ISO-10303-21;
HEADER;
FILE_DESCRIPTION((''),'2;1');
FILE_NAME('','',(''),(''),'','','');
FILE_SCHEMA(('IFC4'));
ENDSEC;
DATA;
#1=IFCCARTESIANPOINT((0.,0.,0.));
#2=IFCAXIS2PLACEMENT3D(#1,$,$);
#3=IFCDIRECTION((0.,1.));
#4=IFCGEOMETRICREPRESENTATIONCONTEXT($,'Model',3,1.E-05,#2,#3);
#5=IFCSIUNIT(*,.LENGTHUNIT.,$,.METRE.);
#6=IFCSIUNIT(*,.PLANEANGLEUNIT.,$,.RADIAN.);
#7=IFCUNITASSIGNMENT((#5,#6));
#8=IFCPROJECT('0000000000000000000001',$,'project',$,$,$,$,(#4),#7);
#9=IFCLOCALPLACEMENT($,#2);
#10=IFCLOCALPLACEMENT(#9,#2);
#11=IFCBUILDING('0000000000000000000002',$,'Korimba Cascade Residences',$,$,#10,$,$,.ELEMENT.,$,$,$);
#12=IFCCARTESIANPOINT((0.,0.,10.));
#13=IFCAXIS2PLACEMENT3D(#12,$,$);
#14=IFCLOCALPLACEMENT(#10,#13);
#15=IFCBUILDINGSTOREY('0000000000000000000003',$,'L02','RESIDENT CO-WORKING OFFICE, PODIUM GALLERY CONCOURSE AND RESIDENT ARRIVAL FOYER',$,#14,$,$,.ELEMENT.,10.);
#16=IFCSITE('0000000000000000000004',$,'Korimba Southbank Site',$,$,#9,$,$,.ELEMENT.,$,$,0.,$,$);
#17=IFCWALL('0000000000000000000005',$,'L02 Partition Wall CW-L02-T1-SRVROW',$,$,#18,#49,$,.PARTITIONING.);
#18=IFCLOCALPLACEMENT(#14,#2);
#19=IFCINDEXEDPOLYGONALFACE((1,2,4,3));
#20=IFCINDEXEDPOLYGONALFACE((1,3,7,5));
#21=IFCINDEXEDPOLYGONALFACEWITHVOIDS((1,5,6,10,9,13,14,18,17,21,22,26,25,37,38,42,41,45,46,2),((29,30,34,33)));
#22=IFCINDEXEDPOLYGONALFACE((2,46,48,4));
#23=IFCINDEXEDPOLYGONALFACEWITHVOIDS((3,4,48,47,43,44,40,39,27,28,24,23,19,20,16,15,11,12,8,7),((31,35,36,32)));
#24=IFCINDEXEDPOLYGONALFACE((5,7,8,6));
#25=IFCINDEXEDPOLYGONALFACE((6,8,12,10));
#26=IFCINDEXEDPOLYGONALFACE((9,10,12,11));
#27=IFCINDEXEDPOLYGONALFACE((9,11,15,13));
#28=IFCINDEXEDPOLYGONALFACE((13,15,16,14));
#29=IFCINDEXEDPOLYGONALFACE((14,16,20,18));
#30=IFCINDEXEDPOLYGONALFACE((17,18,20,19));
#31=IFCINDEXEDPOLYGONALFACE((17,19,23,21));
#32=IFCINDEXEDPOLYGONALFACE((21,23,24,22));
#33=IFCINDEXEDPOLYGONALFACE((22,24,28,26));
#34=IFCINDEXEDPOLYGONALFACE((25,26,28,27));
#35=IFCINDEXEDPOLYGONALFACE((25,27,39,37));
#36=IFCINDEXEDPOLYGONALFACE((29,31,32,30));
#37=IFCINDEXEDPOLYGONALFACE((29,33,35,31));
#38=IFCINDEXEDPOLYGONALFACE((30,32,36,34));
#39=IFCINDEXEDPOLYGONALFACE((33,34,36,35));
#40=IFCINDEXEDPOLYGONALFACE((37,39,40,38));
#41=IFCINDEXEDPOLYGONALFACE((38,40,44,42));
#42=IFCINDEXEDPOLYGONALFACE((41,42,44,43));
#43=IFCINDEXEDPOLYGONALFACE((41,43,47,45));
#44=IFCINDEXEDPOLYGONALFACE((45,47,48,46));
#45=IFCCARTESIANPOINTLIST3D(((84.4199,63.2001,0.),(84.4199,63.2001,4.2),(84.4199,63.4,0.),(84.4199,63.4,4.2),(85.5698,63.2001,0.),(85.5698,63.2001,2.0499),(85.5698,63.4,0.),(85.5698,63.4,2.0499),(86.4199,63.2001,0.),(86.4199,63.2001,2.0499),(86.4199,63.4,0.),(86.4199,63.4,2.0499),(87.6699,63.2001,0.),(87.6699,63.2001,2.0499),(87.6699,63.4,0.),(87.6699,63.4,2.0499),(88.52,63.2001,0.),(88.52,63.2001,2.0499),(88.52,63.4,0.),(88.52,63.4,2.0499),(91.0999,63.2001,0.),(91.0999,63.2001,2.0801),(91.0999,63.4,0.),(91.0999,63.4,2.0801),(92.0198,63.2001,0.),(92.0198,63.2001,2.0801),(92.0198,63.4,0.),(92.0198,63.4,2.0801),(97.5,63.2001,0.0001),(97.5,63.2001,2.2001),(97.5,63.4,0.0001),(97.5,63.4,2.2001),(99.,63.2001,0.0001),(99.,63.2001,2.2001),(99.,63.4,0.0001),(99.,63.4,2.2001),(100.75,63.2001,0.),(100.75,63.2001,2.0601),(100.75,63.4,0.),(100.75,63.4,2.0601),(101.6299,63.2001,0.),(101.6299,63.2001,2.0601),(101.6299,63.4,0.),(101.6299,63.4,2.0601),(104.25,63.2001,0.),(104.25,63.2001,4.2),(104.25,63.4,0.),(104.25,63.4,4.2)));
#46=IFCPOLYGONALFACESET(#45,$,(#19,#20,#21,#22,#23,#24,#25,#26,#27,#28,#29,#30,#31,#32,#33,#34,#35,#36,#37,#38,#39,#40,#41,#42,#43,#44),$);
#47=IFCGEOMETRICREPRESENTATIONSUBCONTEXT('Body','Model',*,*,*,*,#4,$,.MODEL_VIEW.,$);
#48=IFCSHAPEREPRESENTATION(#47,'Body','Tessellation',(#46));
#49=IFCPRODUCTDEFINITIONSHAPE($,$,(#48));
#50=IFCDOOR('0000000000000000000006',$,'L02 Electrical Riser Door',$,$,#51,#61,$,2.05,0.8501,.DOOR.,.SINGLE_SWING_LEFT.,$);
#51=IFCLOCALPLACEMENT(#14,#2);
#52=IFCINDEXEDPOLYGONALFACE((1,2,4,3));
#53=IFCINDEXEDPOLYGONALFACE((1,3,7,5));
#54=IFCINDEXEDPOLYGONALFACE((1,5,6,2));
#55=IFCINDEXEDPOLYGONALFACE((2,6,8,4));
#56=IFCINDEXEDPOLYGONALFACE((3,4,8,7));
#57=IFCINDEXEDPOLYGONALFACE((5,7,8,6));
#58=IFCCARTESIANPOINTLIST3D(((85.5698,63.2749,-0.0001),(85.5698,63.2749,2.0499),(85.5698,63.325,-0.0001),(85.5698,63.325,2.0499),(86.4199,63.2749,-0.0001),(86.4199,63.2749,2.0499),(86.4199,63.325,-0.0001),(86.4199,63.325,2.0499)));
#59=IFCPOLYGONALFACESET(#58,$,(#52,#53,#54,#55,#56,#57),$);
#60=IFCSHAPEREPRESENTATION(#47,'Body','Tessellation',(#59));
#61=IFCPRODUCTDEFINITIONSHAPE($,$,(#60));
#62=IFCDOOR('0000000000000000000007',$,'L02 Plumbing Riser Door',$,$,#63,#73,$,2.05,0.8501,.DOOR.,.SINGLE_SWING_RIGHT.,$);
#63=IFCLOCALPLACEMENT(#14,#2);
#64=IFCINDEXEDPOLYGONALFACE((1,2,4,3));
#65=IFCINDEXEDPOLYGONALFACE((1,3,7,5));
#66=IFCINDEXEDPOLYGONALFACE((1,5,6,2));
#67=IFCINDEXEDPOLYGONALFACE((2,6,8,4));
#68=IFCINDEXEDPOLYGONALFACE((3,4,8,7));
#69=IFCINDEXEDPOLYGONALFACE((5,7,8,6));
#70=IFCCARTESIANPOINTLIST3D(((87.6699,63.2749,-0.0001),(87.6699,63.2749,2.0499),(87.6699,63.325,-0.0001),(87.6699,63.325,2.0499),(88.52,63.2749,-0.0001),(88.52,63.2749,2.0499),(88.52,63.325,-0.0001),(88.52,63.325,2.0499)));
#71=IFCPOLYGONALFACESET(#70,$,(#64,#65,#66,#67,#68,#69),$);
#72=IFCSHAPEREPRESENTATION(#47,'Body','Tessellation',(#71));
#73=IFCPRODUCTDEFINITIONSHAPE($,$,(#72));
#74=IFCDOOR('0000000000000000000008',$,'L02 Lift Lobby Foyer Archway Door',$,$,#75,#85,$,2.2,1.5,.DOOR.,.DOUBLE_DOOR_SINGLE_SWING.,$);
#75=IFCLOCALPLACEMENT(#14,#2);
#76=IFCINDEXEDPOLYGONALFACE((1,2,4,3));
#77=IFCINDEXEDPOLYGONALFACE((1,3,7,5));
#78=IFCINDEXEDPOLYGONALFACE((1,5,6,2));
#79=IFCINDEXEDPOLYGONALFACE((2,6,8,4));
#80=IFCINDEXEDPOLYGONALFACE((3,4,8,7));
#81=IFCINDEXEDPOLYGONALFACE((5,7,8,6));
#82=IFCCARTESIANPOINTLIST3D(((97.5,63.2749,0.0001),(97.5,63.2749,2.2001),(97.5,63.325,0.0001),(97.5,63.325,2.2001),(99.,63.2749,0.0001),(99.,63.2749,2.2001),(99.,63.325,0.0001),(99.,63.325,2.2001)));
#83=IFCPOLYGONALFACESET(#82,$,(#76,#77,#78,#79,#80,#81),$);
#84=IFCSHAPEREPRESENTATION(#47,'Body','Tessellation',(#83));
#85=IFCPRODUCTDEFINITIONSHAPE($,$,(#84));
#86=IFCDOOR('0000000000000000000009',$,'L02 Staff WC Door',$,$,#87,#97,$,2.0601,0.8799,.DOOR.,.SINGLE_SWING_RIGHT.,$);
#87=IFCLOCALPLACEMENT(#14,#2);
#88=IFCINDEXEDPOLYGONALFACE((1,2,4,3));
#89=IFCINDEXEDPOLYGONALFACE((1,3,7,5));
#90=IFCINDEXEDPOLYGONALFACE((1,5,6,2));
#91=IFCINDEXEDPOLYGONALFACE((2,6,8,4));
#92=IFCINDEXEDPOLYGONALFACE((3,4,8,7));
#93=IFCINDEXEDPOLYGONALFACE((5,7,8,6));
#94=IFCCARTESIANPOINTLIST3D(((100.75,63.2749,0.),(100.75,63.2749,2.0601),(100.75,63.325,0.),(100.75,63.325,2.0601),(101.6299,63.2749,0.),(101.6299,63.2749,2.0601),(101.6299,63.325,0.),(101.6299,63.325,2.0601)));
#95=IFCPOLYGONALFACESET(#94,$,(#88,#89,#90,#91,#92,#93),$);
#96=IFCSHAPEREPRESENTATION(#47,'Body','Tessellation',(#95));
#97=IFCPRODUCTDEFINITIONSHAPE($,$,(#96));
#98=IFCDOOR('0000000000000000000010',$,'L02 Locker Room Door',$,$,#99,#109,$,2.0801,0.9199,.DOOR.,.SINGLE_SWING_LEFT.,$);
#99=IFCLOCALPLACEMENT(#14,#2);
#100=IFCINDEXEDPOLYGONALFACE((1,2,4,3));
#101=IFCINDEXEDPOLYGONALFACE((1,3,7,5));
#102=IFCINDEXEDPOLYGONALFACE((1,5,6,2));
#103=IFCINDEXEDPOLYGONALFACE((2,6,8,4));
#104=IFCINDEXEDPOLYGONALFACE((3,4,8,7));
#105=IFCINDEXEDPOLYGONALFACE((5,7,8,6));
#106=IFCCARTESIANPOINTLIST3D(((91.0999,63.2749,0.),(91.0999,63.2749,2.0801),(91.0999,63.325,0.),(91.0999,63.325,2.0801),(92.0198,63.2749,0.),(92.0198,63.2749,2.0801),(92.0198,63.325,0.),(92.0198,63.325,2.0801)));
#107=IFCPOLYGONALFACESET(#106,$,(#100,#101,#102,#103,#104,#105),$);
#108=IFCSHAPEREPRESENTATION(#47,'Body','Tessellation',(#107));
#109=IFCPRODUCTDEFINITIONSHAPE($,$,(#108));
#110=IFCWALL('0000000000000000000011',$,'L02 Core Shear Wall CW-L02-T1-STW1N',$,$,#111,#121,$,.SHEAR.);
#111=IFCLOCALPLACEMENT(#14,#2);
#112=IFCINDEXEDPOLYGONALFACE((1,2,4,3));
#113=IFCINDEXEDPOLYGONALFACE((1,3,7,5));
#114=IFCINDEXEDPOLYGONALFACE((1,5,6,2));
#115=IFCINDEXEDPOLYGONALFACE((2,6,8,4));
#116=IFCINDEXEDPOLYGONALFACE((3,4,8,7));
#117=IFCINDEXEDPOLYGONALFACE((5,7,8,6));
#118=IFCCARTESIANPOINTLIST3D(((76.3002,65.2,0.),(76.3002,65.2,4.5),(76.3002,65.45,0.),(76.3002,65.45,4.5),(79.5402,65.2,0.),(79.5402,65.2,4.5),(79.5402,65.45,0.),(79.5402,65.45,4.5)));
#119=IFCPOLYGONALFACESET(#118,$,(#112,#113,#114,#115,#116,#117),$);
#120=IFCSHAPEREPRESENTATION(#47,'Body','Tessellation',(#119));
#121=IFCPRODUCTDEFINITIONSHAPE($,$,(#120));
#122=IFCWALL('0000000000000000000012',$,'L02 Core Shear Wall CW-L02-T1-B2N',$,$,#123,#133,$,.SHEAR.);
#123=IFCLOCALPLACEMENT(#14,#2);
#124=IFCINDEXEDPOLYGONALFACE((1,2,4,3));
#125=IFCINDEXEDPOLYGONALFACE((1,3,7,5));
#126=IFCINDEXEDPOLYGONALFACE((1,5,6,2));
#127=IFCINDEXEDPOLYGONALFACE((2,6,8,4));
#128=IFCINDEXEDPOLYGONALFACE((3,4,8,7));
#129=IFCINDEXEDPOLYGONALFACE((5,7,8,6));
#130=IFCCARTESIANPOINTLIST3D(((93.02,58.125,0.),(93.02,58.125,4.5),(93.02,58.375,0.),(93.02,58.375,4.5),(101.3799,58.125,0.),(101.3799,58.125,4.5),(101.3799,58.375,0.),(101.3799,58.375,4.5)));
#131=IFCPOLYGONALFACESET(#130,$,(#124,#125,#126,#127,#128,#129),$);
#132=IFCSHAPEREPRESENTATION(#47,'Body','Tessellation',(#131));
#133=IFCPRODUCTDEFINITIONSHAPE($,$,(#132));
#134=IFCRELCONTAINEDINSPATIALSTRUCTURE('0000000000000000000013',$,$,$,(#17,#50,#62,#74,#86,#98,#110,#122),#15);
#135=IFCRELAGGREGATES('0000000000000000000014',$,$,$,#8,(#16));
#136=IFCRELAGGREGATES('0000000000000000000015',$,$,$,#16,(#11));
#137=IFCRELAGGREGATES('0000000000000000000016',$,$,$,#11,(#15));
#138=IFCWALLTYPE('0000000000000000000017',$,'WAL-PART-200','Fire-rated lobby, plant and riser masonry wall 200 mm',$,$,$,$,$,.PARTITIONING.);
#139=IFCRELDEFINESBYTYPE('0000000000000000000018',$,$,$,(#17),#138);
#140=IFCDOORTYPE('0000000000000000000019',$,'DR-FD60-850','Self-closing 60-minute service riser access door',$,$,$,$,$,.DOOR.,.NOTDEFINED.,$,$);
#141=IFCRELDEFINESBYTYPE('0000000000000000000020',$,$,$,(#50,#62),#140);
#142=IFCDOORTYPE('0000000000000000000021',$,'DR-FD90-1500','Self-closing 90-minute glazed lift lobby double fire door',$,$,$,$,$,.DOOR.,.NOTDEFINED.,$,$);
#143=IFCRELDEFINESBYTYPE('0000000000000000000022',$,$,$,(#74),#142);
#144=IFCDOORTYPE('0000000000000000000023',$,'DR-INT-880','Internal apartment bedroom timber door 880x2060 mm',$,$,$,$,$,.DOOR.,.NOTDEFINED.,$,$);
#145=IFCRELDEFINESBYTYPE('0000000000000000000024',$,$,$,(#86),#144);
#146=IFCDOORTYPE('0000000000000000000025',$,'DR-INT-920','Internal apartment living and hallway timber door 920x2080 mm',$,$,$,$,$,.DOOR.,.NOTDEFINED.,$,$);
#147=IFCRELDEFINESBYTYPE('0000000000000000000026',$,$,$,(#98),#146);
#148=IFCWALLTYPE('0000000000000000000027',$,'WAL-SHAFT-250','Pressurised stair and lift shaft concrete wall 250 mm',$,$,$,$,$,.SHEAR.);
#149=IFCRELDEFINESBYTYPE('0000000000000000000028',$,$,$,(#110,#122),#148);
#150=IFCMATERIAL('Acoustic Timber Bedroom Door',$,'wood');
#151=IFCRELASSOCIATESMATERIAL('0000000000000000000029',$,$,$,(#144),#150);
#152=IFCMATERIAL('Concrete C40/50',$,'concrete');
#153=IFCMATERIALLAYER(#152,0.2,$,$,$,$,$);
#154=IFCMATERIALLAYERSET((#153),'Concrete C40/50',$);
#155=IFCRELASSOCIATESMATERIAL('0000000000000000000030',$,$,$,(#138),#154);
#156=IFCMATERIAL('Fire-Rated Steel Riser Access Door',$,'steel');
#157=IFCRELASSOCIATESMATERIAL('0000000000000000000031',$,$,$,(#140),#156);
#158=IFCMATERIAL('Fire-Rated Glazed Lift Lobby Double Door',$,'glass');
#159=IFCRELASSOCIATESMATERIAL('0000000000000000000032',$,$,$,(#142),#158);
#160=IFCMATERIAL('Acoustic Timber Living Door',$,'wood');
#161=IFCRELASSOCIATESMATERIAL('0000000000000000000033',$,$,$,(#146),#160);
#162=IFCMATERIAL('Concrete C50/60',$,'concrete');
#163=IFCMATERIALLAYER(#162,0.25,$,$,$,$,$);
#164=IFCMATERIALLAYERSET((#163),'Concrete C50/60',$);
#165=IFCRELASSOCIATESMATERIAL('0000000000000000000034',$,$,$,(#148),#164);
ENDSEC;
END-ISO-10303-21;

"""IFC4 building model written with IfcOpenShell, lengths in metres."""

from ifc_helpers import new_model, si_unit, direction, frame, frame_2d, origin, place, context, subcontext, project, spatial, rectangle, extrude, material, layer, layer_set, type_object, element, fill, save


model = new_model("IFC4")

# Units and contexts
model_context = context("Model", 3, precision=1e-05, world=origin(), true_north=direction((0.0, 1.0)))
body_context = subcontext(model_context, "Body", "Model", "MODEL_VIEW")
ifc_project = project(units=[si_unit("LENGTHUNIT", "METRE"), si_unit("PLANEANGLEUNIT", "RADIAN")], contexts=[model_context])

# Site, building, storey
site_placement = place(None, origin())
site = spatial("IfcSite", under=ifc_project, at=site_placement, Name="Korimba Southbank Site", CompositionType="ELEMENT", RefElevation=0.0)
building_placement = place(site_placement, origin())
building = spatial("IfcBuilding", under=site, at=building_placement, Name="Korimba Cascade Residences", CompositionType="ELEMENT")
storey_placement = place(building_placement, frame((0.0, 0.0, 10.0)))
storey = spatial("IfcBuildingStorey", under=building, at=storey_placement, Name="L02", Description="RESIDENT CO-WORKING OFFICE, PODIUM GALLERY CONCOURSE AND RESIDENT ARRIVAL FOYER", CompositionType="ELEMENT", Elevation=10.0)

# Shared definitions
ifc_material_1 = material(Name="Acoustic Timber Bedroom Door", Category="wood")
door_type_1 = type_object("IfcDoorType", Name="DR-INT-880", Description="Internal apartment bedroom timber door 880x2060 mm", OperationType="NOTDEFINED", PredefinedType="DOOR", material=ifc_material_1)
ifc_material_2 = material(Name="Concrete C40/50", Category="concrete")
ifc_layer_1 = layer(ifc_material_2, 0.2)
ifc_layer_set_1 = layer_set([ifc_layer_1], Name="Concrete C40/50")
wall_type_1 = type_object("IfcWallType", Name="WAL-PART-200", Description="Fire-rated lobby, plant and riser masonry wall 200 mm", PredefinedType="PARTITIONING", material=ifc_layer_set_1)

# Wall, openings, doors
wall_1_placement = place(storey_placement, frame((84.4199, 63.3, 0.0), z_axis=(0.0, 0.0, 1.0), x_axis=(1.0, 0.0, 0.0)))
wall_1 = element("IfcWall", 1, at=wall_1_placement, inside=storey, type_object=wall_type_1, Name="L02 Partition Wall CW-L02-T1-SRVROW", PredefinedType="PARTITIONING", context=body_context, shape_type="SweptSolid", body=[
    extrude(rectangle(XDim=19.8301, YDim=0.2, at=frame_2d((9.915, 0.0))), origin(), (0.0, 0.0, 1.0), 4.2),
])
opening_1_placement = place(wall_1_placement, frame((1.1499, 0.0, 0.0)))
opening_1 = element("IfcOpeningElement", 2, at=opening_1_placement, cuts=wall_1, PredefinedType="OPENING", context=body_context, shape_type="SweptSolid", body=[
    extrude(rectangle(XDim=0.8501, YDim=2.05, at=frame_2d((0.425, 1.0249))), frame((0.0, 0.1099, 0.0), z_axis=(0.0, -1.0, 0.0), x_axis=(1.0, 0.0, 0.0)), (0.0, 0.0, 1.0), 0.22),
])
opening_2_placement = place(wall_1_placement, frame((3.25, 0.0, 0.0)))
opening_2 = element("IfcOpeningElement", 3, at=opening_2_placement, cuts=wall_1, PredefinedType="OPENING", context=body_context, shape_type="SweptSolid", body=[
    extrude(rectangle(XDim=0.8501, YDim=2.05, at=frame_2d((0.425, 1.0249))), frame((0.0, 0.1099, 0.0), z_axis=(0.0, -1.0, 0.0), x_axis=(1.0, 0.0, 0.0)), (0.0, 0.0, 1.0), 0.22),
])
opening_3_placement = place(wall_1_placement, frame((13.0801, 0.0, 0.0)))
opening_3 = element("IfcOpeningElement", 4, at=opening_3_placement, cuts=wall_1, PredefinedType="OPENING", context=body_context, shape_type="SweptSolid", body=[
    extrude(rectangle(XDim=1.5, YDim=2.2, at=frame_2d((0.75, 1.1001))), frame((0.0, 0.1099, 0.0), z_axis=(0.0, -1.0, 0.0), x_axis=(1.0, 0.0, 0.0)), (0.0, 0.0, 1.0), 0.22),
])
opening_4_placement = place(wall_1_placement, frame((6.6799, 0.0, 0.0)))
opening_4 = element("IfcOpeningElement", 5, at=opening_4_placement, cuts=wall_1, PredefinedType="OPENING", context=body_context, shape_type="SweptSolid", body=[
    extrude(rectangle(XDim=0.9199, YDim=2.0801, at=frame_2d((0.46, 1.04))), frame((0.0, 0.1099, 0.0), z_axis=(0.0, -1.0, 0.0), x_axis=(1.0, 0.0, 0.0)), (0.0, 0.0, 1.0), 0.22),
])
opening_5_placement = place(wall_1_placement, frame((16.3301, 0.0, 0.0)))
opening_5 = element("IfcOpeningElement", 6, at=opening_5_placement, cuts=wall_1, PredefinedType="OPENING", context=body_context, shape_type="SweptSolid", body=[
    extrude(rectangle(XDim=0.8799, YDim=2.0601, at=frame_2d((0.4399, 1.03))), frame((0.0, 0.1099, 0.0), z_axis=(0.0, -1.0, 0.0), x_axis=(1.0, 0.0, 0.0)), (0.0, 0.0, 1.0), 0.22),
])
ifc_material_3 = material(Name="Fire-Rated Steel Riser Access Door", Category="steel")
door_type_2 = type_object("IfcDoorType", Name="DR-FD60-850", Description="Self-closing 60-minute service riser access door", OperationType="NOTDEFINED", PredefinedType="DOOR", material=ifc_material_3)
door_1_placement = place(opening_1_placement, origin())
door_1 = element("IfcDoor", 7, at=door_1_placement, inside=storey, type_object=door_type_2, Name="L02 Electrical Riser Door", OperationType="SINGLE_SWING_LEFT", OverallHeight=2.05, OverallWidth=0.8501, PredefinedType="DOOR", context=body_context, shape_type="SweptSolid", body=[
    extrude(rectangle(XDim=0.8501, YDim=2.05, at=frame_2d((0.425, 1.0249))), frame((0.0, 0.0249, 0.0), z_axis=(0.0, -1.0, 0.0), x_axis=(1.0, 0.0, 0.0)), (0.0, 0.0, 1.0), 0.05),
])
fill(opening_1, door_1)
door_2_placement = place(opening_2_placement, origin())
door_2 = element("IfcDoor", 8, at=door_2_placement, inside=storey, type_object=door_type_2, Name="L02 Plumbing Riser Door", OperationType="SINGLE_SWING_RIGHT", OverallHeight=2.05, OverallWidth=0.8501, PredefinedType="DOOR", context=body_context, shape_type="SweptSolid", body=[
    extrude(rectangle(XDim=0.8501, YDim=2.05, at=frame_2d((0.425, 1.0249))), frame((0.0, 0.0249, 0.0), z_axis=(0.0, -1.0, 0.0), x_axis=(1.0, 0.0, 0.0)), (0.0, 0.0, 1.0), 0.05),
])
fill(opening_2, door_2)
ifc_material_4 = material(Name="Fire-Rated Glazed Lift Lobby Double Door", Category="glass")
door_type_3 = type_object("IfcDoorType", Name="DR-FD90-1500", Description="Self-closing 90-minute glazed lift lobby double fire door", OperationType="NOTDEFINED", PredefinedType="DOOR", material=ifc_material_4)
door_3_placement = place(opening_3_placement, origin())
door_3 = element("IfcDoor", 9, at=door_3_placement, inside=storey, type_object=door_type_3, Name="L02 Lift Lobby Foyer Archway Door", OperationType="DOUBLE_DOOR_SINGLE_SWING", OverallHeight=2.2, OverallWidth=1.5, PredefinedType="DOOR", context=body_context, shape_type="SweptSolid", body=[
    extrude(rectangle(XDim=1.5, YDim=2.2, at=frame_2d((0.75, 1.1001))), frame((0.0, 0.0249, 0.0), z_axis=(0.0, -1.0, 0.0), x_axis=(1.0, 0.0, 0.0)), (0.0, 0.0, 1.0), 0.05),
])
fill(opening_3, door_3)
door_4_placement = place(opening_5_placement, origin())
door_4 = element("IfcDoor", 10, at=door_4_placement, inside=storey, type_object=door_type_1, Name="L02 Staff WC Door", OperationType="SINGLE_SWING_RIGHT", OverallHeight=2.0601, OverallWidth=0.8799, PredefinedType="DOOR", context=body_context, shape_type="SweptSolid", body=[
    extrude(rectangle(XDim=0.8799, YDim=2.0601, at=frame_2d((0.4399, 1.03))), frame((0.0, 0.0249, 0.0), z_axis=(0.0, -1.0, 0.0), x_axis=(1.0, 0.0, 0.0)), (0.0, 0.0, 1.0), 0.05),
])
fill(opening_5, door_4)
ifc_material_5 = material(Name="Acoustic Timber Living Door", Category="wood")
door_type_4 = type_object("IfcDoorType", Name="DR-INT-920", Description="Internal apartment living and hallway timber door 920x2080 mm", OperationType="NOTDEFINED", PredefinedType="DOOR", material=ifc_material_5)
door_5_placement = place(opening_4_placement, origin())
door_5 = element("IfcDoor", 11, at=door_5_placement, inside=storey, type_object=door_type_4, Name="L02 Locker Room Door", OperationType="SINGLE_SWING_LEFT", OverallHeight=2.0801, OverallWidth=0.9199, PredefinedType="DOOR", context=body_context, shape_type="SweptSolid", body=[
    extrude(rectangle(XDim=0.9199, YDim=2.0801, at=frame_2d((0.46, 1.04))), frame((0.0, 0.0249, 0.0), z_axis=(0.0, -1.0, 0.0), x_axis=(1.0, 0.0, 0.0)), (0.0, 0.0, 1.0), 0.05),
])
fill(opening_4, door_5)

# Walls
ifc_material_6 = material(Name="Concrete C50/60", Category="concrete")
ifc_layer_2 = layer(ifc_material_6, 0.25)
ifc_layer_set_2 = layer_set([ifc_layer_2], Name="Concrete C50/60")
wall_type_2 = type_object("IfcWallType", Name="WAL-SHAFT-250", Description="Pressurised stair and lift shaft concrete wall 250 mm", PredefinedType="SHEAR", material=ifc_layer_set_2)
wall_2_placement = place(storey_placement, frame((76.3, 65.325, 0.0), z_axis=(0.0, 0.0, 1.0), x_axis=(1.0, 0.0, 0.0)))
element("IfcWall", 12, at=wall_2_placement, inside=storey, type_object=wall_type_2, Name="L02 Core Shear Wall CW-L02-T1-STW1N", PredefinedType="SHEAR", context=body_context, shape_type="SweptSolid", body=[
    extrude(rectangle(XDim=3.24, YDim=0.25, at=frame_2d((1.6201, 0.0))), origin(), (0.0, 0.0, 1.0), 4.5),
])
wall_3_placement = place(storey_placement, frame((93.02, 58.25, 0.0), z_axis=(0.0, 0.0, 1.0), x_axis=(1.0, 0.0, 0.0)))
element("IfcWall", 13, at=wall_3_placement, inside=storey, type_object=wall_type_2, Name="L02 Core Shear Wall CW-L02-T1-B2N", PredefinedType="SHEAR", context=body_context, shape_type="SweptSolid", body=[
    extrude(rectangle(XDim=8.3599, YDim=0.25, at=frame_2d((4.1799, 0.0))), origin(), (0.0, 0.0, 1.0), 4.5),
])

save(model, "model.ifc")
